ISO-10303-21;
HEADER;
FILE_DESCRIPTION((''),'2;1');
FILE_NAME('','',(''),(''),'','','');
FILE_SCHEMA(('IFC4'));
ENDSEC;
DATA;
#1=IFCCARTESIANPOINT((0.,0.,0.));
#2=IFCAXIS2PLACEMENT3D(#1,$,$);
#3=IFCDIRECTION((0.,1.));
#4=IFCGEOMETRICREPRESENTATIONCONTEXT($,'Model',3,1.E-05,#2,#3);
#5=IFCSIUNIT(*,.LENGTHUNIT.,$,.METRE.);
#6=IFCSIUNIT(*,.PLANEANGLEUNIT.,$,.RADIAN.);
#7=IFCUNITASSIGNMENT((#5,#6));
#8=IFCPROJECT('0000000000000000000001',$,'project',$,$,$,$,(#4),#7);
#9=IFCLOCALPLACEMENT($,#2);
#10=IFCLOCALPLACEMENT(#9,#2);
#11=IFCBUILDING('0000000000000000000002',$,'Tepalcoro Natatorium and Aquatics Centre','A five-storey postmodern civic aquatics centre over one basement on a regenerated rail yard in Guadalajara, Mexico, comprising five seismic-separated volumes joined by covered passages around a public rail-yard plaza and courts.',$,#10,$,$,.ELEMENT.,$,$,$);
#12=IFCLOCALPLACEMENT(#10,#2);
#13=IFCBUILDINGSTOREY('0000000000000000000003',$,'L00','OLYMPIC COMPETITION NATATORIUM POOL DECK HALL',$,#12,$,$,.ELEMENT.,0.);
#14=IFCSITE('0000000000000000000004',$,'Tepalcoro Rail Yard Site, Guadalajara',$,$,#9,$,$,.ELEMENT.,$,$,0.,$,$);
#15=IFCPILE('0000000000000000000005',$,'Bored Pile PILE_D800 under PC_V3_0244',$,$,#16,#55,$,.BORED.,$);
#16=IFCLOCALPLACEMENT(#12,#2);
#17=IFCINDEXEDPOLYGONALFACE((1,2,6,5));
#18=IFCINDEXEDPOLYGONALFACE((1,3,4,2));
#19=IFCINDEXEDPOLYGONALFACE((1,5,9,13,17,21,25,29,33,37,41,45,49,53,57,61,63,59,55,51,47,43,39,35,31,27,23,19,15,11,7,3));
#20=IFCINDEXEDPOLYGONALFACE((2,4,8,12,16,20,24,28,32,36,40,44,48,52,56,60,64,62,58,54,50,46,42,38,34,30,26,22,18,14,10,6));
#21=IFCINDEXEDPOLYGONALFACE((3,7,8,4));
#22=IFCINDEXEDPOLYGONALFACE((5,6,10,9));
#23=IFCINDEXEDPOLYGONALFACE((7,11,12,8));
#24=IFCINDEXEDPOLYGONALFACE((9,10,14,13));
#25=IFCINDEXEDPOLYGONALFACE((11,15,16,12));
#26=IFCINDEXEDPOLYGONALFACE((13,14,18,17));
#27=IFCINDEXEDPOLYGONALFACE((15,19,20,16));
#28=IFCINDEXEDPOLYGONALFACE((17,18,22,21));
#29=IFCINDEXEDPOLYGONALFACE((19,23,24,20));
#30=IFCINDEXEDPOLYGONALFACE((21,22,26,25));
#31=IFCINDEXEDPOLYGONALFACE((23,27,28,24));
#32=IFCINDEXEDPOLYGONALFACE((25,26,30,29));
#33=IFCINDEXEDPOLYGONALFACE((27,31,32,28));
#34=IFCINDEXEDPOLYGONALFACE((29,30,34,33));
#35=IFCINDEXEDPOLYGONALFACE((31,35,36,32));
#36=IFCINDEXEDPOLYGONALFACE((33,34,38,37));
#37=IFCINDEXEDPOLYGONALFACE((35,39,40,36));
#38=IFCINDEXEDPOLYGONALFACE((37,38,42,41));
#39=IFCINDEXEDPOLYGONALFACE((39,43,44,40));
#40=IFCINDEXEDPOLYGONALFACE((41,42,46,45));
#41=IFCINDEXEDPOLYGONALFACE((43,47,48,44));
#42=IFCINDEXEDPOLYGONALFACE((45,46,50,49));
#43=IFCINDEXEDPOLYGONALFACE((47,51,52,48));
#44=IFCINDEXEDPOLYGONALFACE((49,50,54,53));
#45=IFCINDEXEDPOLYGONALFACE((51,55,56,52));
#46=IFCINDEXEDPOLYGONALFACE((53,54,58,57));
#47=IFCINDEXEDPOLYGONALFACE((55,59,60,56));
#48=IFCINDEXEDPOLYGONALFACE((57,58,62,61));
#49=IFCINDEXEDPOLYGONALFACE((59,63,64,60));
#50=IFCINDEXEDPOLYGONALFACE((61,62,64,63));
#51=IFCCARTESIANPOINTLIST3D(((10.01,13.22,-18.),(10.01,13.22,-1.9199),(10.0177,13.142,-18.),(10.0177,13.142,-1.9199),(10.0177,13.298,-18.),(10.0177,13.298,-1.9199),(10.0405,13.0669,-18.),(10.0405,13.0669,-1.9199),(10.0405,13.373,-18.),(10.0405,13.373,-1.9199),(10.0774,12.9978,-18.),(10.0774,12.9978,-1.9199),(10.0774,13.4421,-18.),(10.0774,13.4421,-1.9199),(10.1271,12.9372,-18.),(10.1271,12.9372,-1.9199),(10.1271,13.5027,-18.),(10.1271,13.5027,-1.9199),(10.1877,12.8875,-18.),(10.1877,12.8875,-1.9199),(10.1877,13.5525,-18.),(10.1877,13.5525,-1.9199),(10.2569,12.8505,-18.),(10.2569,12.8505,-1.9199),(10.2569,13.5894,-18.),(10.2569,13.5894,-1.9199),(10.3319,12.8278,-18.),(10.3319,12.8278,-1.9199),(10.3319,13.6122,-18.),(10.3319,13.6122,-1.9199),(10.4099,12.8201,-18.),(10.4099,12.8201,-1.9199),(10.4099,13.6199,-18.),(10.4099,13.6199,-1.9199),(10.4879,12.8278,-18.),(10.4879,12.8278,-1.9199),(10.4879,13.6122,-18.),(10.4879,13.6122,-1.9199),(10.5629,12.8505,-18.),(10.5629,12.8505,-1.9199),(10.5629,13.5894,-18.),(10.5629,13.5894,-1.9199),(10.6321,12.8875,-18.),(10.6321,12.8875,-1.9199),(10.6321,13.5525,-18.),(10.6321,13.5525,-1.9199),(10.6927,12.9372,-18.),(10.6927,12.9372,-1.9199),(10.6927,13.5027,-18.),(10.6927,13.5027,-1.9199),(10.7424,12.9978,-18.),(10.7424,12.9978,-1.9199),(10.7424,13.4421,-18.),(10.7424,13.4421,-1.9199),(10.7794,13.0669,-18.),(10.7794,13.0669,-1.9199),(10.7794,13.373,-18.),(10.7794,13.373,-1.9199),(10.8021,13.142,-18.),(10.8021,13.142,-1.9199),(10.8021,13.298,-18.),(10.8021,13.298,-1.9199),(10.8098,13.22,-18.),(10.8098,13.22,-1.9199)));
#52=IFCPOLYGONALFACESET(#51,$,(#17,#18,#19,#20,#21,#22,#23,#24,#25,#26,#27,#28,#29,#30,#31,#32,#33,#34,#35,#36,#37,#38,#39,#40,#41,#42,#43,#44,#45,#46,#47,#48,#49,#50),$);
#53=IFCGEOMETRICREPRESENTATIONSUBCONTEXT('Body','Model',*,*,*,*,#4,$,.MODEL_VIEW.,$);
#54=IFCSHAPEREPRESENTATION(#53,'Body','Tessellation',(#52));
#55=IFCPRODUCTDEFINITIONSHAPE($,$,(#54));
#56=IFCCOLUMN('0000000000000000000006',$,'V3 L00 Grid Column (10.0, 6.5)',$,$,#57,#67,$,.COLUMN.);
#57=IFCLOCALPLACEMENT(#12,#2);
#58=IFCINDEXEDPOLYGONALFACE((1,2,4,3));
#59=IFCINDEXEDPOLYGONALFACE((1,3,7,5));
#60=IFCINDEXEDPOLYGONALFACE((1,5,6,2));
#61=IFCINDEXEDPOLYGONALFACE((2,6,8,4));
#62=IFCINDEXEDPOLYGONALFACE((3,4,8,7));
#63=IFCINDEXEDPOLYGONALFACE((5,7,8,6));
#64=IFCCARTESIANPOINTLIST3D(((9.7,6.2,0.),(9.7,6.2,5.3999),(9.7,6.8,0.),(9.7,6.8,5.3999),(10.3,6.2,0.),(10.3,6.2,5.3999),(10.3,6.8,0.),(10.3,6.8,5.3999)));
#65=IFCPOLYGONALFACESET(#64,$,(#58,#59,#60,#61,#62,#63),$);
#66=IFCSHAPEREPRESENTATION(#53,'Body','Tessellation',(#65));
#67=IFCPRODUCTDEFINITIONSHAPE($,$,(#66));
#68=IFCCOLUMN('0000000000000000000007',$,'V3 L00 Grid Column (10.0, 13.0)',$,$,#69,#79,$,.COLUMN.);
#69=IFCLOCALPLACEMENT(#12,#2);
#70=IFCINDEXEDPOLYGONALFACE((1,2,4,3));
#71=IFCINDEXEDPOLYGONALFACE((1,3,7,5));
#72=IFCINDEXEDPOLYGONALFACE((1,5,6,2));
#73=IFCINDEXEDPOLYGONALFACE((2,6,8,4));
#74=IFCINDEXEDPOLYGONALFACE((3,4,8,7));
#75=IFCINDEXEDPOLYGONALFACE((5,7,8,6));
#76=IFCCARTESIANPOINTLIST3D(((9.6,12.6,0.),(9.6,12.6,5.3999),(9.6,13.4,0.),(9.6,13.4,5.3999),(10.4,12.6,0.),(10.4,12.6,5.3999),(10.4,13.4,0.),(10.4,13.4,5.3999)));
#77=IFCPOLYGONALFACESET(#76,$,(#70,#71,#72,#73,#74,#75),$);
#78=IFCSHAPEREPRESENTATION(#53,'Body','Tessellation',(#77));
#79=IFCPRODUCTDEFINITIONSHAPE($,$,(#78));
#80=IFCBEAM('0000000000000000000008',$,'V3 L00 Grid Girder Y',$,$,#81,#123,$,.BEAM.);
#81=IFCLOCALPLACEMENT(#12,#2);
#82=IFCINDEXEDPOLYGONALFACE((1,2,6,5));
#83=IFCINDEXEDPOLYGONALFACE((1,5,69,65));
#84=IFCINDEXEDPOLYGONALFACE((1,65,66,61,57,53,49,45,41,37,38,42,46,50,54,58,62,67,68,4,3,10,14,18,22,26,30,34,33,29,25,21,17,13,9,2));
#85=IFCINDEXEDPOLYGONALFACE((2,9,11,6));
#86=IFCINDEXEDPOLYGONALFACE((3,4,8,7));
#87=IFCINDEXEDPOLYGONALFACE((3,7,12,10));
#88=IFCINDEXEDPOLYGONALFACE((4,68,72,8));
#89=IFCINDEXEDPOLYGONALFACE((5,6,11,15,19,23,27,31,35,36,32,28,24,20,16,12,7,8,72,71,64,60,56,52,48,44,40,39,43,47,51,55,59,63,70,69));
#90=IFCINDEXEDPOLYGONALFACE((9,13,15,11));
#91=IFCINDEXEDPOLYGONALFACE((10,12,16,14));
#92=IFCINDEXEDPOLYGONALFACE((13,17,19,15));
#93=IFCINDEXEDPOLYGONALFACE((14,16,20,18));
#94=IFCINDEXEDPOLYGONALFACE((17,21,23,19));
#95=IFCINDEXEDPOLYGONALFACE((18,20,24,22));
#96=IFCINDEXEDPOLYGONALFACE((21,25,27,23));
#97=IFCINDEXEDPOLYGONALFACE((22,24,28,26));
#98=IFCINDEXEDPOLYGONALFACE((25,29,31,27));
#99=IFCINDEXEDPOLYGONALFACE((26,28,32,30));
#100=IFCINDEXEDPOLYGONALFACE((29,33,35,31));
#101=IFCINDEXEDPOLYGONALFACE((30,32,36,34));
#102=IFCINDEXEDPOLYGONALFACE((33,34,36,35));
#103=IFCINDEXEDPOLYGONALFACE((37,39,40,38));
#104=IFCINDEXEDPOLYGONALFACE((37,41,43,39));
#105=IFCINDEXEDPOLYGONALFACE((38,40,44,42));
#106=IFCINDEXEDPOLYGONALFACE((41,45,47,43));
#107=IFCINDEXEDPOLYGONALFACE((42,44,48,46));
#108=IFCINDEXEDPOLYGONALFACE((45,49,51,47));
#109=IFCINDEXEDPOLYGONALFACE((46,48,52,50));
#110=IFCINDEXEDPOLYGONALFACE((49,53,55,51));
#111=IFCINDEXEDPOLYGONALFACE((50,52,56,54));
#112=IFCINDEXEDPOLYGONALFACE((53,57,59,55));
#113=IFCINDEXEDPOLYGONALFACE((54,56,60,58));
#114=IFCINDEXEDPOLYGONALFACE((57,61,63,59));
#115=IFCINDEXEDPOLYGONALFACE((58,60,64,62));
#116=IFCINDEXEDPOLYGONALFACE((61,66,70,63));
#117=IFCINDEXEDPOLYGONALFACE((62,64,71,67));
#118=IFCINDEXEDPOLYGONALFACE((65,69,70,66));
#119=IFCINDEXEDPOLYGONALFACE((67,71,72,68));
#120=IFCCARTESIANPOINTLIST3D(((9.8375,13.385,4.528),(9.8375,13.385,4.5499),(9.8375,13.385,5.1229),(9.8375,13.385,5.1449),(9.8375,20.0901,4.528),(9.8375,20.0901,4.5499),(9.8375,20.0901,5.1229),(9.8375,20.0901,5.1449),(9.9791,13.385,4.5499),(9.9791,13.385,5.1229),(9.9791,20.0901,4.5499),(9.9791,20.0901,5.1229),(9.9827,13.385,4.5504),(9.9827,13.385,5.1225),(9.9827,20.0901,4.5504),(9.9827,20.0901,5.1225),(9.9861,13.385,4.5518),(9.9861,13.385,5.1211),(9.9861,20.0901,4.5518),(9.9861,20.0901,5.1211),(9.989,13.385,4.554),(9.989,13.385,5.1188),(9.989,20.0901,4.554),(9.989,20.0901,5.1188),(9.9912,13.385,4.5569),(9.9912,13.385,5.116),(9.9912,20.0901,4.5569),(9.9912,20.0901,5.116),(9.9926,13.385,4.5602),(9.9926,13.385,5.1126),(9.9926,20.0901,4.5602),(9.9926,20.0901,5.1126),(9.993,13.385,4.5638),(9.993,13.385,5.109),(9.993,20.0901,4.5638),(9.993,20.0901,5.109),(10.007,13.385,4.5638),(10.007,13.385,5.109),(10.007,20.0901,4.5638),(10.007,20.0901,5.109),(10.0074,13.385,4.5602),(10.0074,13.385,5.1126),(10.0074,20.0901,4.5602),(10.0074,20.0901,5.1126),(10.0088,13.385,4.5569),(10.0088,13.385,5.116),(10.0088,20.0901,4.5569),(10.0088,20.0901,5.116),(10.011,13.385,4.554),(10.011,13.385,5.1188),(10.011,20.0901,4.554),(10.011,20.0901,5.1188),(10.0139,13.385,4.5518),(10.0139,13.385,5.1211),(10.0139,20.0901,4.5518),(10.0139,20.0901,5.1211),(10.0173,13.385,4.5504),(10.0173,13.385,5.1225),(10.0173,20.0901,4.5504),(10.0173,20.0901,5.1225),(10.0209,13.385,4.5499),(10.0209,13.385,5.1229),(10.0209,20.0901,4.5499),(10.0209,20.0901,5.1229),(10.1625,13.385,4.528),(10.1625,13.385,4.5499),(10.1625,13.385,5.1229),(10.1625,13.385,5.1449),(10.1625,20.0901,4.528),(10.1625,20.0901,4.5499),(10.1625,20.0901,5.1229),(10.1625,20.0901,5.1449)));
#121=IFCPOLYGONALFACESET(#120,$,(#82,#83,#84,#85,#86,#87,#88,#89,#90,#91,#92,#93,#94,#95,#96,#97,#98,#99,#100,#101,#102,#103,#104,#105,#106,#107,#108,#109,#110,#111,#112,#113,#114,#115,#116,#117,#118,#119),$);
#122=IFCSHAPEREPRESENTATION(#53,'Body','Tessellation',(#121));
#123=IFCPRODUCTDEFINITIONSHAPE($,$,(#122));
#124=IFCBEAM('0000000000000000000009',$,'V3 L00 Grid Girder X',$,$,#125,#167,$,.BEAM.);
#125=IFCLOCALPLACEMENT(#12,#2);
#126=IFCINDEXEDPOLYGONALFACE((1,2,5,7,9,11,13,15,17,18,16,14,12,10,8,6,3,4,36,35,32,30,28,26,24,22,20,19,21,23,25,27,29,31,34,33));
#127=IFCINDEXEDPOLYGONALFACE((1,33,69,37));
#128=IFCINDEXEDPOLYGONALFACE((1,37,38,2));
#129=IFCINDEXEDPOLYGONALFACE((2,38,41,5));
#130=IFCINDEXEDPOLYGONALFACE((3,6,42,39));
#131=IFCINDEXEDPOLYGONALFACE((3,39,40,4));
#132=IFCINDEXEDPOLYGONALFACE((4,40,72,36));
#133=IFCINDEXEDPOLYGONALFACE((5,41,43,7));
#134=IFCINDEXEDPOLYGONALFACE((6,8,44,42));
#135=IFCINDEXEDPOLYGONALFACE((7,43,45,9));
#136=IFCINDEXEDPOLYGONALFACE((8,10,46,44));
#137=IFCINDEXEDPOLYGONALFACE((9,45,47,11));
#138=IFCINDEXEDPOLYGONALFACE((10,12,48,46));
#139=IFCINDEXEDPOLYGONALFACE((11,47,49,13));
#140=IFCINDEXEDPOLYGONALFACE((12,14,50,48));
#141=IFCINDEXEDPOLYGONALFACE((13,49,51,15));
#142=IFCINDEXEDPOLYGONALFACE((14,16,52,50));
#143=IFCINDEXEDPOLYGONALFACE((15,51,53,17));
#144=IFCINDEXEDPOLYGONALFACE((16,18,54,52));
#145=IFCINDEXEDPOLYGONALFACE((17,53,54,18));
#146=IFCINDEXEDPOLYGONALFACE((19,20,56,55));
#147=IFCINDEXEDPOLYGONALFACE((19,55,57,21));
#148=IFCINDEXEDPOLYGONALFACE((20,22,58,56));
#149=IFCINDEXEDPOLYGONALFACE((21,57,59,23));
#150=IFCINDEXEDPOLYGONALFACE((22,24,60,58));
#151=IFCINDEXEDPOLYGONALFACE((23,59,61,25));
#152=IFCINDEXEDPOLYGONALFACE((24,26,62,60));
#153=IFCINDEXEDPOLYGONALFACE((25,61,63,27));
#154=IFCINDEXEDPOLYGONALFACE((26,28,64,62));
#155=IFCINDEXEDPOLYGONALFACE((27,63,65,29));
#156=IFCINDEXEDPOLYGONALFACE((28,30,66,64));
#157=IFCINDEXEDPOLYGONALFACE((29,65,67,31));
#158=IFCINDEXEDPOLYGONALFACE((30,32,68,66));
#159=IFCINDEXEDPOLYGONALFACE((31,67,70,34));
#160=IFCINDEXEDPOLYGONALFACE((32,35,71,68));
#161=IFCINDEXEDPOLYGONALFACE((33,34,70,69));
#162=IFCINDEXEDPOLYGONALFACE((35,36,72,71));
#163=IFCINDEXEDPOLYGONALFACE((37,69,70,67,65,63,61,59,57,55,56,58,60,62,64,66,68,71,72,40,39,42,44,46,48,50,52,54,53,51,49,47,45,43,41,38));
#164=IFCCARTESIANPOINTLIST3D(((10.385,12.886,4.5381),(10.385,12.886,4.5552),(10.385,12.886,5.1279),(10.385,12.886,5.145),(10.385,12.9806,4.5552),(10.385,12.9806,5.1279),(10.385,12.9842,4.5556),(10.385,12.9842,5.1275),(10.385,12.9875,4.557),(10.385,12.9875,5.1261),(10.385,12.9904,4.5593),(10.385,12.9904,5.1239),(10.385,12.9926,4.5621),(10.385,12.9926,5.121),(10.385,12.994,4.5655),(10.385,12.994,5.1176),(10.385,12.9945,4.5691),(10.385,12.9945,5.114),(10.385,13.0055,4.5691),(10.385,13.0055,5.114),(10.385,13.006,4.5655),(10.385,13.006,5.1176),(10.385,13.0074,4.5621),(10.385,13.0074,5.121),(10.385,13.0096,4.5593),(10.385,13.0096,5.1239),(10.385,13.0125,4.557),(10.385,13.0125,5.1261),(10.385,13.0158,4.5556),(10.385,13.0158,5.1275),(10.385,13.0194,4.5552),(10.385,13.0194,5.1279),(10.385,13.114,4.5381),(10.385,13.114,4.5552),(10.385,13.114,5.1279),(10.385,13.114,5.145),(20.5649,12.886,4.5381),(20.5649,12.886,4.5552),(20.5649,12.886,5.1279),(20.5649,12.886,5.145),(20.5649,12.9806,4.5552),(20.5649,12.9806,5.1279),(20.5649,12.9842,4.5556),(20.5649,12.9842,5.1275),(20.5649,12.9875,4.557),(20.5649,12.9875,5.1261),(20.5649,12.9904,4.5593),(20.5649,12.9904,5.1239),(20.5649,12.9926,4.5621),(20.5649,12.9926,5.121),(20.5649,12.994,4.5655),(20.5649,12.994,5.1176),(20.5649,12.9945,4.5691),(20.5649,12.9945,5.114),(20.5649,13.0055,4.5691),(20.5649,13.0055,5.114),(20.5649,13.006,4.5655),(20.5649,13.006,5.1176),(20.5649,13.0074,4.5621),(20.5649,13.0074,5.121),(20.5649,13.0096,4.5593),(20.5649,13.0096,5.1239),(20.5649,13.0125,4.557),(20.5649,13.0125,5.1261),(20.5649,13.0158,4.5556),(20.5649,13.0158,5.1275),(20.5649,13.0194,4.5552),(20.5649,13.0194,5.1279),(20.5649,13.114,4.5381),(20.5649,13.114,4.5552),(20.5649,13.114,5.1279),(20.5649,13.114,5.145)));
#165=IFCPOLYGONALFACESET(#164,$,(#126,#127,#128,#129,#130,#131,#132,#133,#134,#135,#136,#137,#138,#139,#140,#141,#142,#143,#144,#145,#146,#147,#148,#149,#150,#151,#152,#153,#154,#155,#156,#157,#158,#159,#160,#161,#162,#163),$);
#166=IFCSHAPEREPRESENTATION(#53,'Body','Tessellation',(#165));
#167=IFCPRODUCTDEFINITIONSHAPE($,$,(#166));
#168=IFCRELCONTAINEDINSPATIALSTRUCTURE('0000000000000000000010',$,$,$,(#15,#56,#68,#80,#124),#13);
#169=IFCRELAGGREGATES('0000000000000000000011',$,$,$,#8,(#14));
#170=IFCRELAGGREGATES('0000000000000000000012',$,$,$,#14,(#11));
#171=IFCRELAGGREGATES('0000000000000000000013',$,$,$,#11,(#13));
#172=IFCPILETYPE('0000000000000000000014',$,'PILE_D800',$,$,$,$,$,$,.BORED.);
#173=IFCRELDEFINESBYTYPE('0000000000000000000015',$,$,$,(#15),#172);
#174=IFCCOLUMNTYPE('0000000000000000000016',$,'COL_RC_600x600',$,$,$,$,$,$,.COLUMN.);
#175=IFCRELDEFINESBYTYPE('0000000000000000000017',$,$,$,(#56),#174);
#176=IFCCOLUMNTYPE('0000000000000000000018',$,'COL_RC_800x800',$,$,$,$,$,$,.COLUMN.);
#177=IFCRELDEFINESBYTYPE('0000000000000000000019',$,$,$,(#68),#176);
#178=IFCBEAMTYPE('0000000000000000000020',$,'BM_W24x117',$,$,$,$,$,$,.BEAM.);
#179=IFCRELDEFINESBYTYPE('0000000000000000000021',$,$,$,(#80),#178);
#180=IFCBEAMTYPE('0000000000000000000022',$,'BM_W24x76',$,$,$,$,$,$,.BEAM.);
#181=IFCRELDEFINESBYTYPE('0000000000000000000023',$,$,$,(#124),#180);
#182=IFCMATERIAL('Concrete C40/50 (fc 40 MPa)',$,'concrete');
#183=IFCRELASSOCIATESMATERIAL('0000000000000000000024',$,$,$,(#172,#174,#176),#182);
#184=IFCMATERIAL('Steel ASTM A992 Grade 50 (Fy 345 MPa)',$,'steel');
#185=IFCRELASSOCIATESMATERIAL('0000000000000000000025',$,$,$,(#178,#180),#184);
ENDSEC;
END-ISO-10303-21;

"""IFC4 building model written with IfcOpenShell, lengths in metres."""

from ifc_helpers import new_model, si_unit, direction, frame, origin, origin_2d, place, context, subcontext, project, spatial, rectangle, circle, i_section, extrude, material, material_profile, profile_set, type_object, element, save


model = new_model("IFC4")

# Units and contexts
model_context = context("Model", 3, precision=1e-05, world=origin(), true_north=direction((0.0, 1.0)))
body_context = subcontext(model_context, "Body", "Model", "MODEL_VIEW")
ifc_project = project(units=[si_unit("LENGTHUNIT", "METRE"), si_unit("PLANEANGLEUNIT", "RADIAN")], contexts=[model_context])

# Site, building, storey
site_placement = place(None, origin())
site = spatial("IfcSite", under=ifc_project, at=site_placement, Name="Tepalcoro Rail Yard Site, Guadalajara", CompositionType="ELEMENT", RefElevation=0.0)
building_placement = place(site_placement, origin())
building = spatial("IfcBuilding", under=site, at=building_placement, Name="Tepalcoro Natatorium and Aquatics Centre", Description="A five-storey postmodern civic aquatics centre over one basement on a regenerated rail yard in Guadalajara, Mexico, comprising five seismic-separated volumes joined by covered passages around a public rail-yard plaza and courts.", CompositionType="ELEMENT")
storey_placement = place(building_placement, origin())
storey = spatial("IfcBuildingStorey", under=building, at=storey_placement, Name="L00", Description="OLYMPIC COMPETITION NATATORIUM POOL DECK HALL", CompositionType="ELEMENT", Elevation=0.0)

# Pile
ifc_material_1 = material(Name="Concrete C40/50 (fc 40 MPa)", Category="concrete")
ifc_material_profile_1 = material_profile(ifc_material_1, circle(Radius=0.3999, at=origin_2d()), Name="PILE_D800")
ifc_profile_set_1 = profile_set([ifc_material_profile_1], Name="Concrete C40/50 (fc 40 MPa)")
pile_type_1 = type_object("IfcPileType", Name="PILE_D800", PredefinedType="BORED", material=ifc_profile_set_1)
for number, where, z_axis, x_axis, name in (
    (1, (10.4099, 13.22, -1.9199), (0.0, 0.0, -1.0), (1.0, 0.0, 0.0), "Bored Pile PILE_D800 under PC_V3_0244"),
):
    element("IfcPile", number, at=place(storey_placement, frame(where, z_axis=z_axis, x_axis=x_axis)), inside=storey, type_object=pile_type_1, Name=name, PredefinedType="BORED", context=body_context, shape_type="SweptSolid", body=[
        extrude(circle(Radius=0.3999, at=origin_2d()), origin(), (0.0, 0.0, 1.0), 16.0801),
    ])

# Columns
ifc_material_profile_2 = material_profile(ifc_material_1, rectangle(XDim=0.6001, YDim=0.6001, at=origin_2d()), Name="RC600x600")
ifc_profile_set_2 = profile_set([ifc_material_profile_2], Name="Concrete C40/50 (fc 40 MPa)")
column_type_1 = type_object("IfcColumnType", Name="COL_RC_600x600", PredefinedType="COLUMN", material=ifc_profile_set_2)
column_1_placement = place(storey_placement, frame((10.0, 6.5, 0.0), z_axis=(0.0, 0.0, 1.0), x_axis=(1.0, 0.0, 0.0)))
element("IfcColumn", 2, at=column_1_placement, inside=storey, type_object=column_type_1, Name="V3 L00 Grid Column (10.0, 6.5)", PredefinedType="COLUMN", context=body_context, shape_type="SweptSolid", body=[
    extrude(rectangle(XDim=0.6001, YDim=0.6001, at=origin_2d()), origin(), (0.0, 0.0, 1.0), 5.3999),
])
ifc_material_profile_3 = material_profile(ifc_material_1, rectangle(XDim=0.8, YDim=0.8, at=origin_2d()), Name="RC800x800")
ifc_profile_set_3 = profile_set([ifc_material_profile_3], Name="Concrete C40/50 (fc 40 MPa)")
column_type_2 = type_object("IfcColumnType", Name="COL_RC_800x800", PredefinedType="COLUMN", material=ifc_profile_set_3)
column_2_placement = place(storey_placement, frame((10.0, 13.0, 0.0), z_axis=(0.0, 0.0, 1.0), x_axis=(1.0, 0.0, 0.0)))
element("IfcColumn", 3, at=column_2_placement, inside=storey, type_object=column_type_2, Name="V3 L00 Grid Column (10.0, 13.0)", PredefinedType="COLUMN", context=body_context, shape_type="SweptSolid", body=[
    extrude(rectangle(XDim=0.8, YDim=0.8, at=origin_2d()), origin(), (0.0, 0.0, 1.0), 5.3999),
])

# Beams
ifc_material_2 = material(Name="Steel ASTM A992 Grade 50 (Fy 345 MPa)", Category="steel")
ifc_material_profile_4 = material_profile(ifc_material_2, i_section(OverallWidth=0.325, OverallDepth=0.6169, WebThickness=0.0139, FlangeThickness=0.022, FilletRadius=0.0139, at=origin_2d()), Name="W24X117")
ifc_profile_set_4 = profile_set([ifc_material_profile_4], Name="Steel ASTM A992 Grade 50 (Fy 345 MPa)")
beam_type_1 = type_object("IfcBeamType", Name="BM_W24x117", PredefinedType="BEAM", material=ifc_profile_set_4)
beam_1_placement = place(storey_placement, frame((10.0, 13.385, 4.8364), z_axis=(0.0, 1.0, 0.0), x_axis=(-1.0, 0.0, 0.0)))
element("IfcBeam", 4, at=beam_1_placement, inside=storey, type_object=beam_type_1, Name="V3 L00 Grid Girder Y", PredefinedType="BEAM", context=body_context, shape_type="SweptSolid", body=[
    extrude(i_section(OverallWidth=0.325, OverallDepth=0.6169, WebThickness=0.0139, FlangeThickness=0.022, FilletRadius=0.0139, at=origin_2d()), origin(), (0.0, 0.0, 1.0), 6.7051),
])
ifc_material_profile_5 = material_profile(ifc_material_2, i_section(OverallWidth=0.228, OverallDepth=0.6069, WebThickness=0.011, FlangeThickness=0.0171, FilletRadius=0.0139, at=origin_2d()), Name="W24X76")
ifc_profile_set_5 = profile_set([ifc_material_profile_5], Name="Steel ASTM A992 Grade 50 (Fy 345 MPa)")
beam_type_2 = type_object("IfcBeamType", Name="BM_W24x76", PredefinedType="BEAM", material=ifc_profile_set_5)
beam_2_placement = place(storey_placement, frame((10.385, 13.0, 4.8416), z_axis=(1.0, 0.0, 0.0), x_axis=(0.0, 1.0, 0.0)))
element("IfcBeam", 5, at=beam_2_placement, inside=storey, type_object=beam_type_2, Name="V3 L00 Grid Girder X", PredefinedType="BEAM", context=body_context, shape_type="SweptSolid", body=[
    extrude(i_section(OverallWidth=0.228, OverallDepth=0.6069, WebThickness=0.011, FlangeThickness=0.0171, FilletRadius=0.0139, at=origin_2d()), origin(), (0.0, 0.0, 1.0), 10.1799),
])

save(model, "model.ifc")
